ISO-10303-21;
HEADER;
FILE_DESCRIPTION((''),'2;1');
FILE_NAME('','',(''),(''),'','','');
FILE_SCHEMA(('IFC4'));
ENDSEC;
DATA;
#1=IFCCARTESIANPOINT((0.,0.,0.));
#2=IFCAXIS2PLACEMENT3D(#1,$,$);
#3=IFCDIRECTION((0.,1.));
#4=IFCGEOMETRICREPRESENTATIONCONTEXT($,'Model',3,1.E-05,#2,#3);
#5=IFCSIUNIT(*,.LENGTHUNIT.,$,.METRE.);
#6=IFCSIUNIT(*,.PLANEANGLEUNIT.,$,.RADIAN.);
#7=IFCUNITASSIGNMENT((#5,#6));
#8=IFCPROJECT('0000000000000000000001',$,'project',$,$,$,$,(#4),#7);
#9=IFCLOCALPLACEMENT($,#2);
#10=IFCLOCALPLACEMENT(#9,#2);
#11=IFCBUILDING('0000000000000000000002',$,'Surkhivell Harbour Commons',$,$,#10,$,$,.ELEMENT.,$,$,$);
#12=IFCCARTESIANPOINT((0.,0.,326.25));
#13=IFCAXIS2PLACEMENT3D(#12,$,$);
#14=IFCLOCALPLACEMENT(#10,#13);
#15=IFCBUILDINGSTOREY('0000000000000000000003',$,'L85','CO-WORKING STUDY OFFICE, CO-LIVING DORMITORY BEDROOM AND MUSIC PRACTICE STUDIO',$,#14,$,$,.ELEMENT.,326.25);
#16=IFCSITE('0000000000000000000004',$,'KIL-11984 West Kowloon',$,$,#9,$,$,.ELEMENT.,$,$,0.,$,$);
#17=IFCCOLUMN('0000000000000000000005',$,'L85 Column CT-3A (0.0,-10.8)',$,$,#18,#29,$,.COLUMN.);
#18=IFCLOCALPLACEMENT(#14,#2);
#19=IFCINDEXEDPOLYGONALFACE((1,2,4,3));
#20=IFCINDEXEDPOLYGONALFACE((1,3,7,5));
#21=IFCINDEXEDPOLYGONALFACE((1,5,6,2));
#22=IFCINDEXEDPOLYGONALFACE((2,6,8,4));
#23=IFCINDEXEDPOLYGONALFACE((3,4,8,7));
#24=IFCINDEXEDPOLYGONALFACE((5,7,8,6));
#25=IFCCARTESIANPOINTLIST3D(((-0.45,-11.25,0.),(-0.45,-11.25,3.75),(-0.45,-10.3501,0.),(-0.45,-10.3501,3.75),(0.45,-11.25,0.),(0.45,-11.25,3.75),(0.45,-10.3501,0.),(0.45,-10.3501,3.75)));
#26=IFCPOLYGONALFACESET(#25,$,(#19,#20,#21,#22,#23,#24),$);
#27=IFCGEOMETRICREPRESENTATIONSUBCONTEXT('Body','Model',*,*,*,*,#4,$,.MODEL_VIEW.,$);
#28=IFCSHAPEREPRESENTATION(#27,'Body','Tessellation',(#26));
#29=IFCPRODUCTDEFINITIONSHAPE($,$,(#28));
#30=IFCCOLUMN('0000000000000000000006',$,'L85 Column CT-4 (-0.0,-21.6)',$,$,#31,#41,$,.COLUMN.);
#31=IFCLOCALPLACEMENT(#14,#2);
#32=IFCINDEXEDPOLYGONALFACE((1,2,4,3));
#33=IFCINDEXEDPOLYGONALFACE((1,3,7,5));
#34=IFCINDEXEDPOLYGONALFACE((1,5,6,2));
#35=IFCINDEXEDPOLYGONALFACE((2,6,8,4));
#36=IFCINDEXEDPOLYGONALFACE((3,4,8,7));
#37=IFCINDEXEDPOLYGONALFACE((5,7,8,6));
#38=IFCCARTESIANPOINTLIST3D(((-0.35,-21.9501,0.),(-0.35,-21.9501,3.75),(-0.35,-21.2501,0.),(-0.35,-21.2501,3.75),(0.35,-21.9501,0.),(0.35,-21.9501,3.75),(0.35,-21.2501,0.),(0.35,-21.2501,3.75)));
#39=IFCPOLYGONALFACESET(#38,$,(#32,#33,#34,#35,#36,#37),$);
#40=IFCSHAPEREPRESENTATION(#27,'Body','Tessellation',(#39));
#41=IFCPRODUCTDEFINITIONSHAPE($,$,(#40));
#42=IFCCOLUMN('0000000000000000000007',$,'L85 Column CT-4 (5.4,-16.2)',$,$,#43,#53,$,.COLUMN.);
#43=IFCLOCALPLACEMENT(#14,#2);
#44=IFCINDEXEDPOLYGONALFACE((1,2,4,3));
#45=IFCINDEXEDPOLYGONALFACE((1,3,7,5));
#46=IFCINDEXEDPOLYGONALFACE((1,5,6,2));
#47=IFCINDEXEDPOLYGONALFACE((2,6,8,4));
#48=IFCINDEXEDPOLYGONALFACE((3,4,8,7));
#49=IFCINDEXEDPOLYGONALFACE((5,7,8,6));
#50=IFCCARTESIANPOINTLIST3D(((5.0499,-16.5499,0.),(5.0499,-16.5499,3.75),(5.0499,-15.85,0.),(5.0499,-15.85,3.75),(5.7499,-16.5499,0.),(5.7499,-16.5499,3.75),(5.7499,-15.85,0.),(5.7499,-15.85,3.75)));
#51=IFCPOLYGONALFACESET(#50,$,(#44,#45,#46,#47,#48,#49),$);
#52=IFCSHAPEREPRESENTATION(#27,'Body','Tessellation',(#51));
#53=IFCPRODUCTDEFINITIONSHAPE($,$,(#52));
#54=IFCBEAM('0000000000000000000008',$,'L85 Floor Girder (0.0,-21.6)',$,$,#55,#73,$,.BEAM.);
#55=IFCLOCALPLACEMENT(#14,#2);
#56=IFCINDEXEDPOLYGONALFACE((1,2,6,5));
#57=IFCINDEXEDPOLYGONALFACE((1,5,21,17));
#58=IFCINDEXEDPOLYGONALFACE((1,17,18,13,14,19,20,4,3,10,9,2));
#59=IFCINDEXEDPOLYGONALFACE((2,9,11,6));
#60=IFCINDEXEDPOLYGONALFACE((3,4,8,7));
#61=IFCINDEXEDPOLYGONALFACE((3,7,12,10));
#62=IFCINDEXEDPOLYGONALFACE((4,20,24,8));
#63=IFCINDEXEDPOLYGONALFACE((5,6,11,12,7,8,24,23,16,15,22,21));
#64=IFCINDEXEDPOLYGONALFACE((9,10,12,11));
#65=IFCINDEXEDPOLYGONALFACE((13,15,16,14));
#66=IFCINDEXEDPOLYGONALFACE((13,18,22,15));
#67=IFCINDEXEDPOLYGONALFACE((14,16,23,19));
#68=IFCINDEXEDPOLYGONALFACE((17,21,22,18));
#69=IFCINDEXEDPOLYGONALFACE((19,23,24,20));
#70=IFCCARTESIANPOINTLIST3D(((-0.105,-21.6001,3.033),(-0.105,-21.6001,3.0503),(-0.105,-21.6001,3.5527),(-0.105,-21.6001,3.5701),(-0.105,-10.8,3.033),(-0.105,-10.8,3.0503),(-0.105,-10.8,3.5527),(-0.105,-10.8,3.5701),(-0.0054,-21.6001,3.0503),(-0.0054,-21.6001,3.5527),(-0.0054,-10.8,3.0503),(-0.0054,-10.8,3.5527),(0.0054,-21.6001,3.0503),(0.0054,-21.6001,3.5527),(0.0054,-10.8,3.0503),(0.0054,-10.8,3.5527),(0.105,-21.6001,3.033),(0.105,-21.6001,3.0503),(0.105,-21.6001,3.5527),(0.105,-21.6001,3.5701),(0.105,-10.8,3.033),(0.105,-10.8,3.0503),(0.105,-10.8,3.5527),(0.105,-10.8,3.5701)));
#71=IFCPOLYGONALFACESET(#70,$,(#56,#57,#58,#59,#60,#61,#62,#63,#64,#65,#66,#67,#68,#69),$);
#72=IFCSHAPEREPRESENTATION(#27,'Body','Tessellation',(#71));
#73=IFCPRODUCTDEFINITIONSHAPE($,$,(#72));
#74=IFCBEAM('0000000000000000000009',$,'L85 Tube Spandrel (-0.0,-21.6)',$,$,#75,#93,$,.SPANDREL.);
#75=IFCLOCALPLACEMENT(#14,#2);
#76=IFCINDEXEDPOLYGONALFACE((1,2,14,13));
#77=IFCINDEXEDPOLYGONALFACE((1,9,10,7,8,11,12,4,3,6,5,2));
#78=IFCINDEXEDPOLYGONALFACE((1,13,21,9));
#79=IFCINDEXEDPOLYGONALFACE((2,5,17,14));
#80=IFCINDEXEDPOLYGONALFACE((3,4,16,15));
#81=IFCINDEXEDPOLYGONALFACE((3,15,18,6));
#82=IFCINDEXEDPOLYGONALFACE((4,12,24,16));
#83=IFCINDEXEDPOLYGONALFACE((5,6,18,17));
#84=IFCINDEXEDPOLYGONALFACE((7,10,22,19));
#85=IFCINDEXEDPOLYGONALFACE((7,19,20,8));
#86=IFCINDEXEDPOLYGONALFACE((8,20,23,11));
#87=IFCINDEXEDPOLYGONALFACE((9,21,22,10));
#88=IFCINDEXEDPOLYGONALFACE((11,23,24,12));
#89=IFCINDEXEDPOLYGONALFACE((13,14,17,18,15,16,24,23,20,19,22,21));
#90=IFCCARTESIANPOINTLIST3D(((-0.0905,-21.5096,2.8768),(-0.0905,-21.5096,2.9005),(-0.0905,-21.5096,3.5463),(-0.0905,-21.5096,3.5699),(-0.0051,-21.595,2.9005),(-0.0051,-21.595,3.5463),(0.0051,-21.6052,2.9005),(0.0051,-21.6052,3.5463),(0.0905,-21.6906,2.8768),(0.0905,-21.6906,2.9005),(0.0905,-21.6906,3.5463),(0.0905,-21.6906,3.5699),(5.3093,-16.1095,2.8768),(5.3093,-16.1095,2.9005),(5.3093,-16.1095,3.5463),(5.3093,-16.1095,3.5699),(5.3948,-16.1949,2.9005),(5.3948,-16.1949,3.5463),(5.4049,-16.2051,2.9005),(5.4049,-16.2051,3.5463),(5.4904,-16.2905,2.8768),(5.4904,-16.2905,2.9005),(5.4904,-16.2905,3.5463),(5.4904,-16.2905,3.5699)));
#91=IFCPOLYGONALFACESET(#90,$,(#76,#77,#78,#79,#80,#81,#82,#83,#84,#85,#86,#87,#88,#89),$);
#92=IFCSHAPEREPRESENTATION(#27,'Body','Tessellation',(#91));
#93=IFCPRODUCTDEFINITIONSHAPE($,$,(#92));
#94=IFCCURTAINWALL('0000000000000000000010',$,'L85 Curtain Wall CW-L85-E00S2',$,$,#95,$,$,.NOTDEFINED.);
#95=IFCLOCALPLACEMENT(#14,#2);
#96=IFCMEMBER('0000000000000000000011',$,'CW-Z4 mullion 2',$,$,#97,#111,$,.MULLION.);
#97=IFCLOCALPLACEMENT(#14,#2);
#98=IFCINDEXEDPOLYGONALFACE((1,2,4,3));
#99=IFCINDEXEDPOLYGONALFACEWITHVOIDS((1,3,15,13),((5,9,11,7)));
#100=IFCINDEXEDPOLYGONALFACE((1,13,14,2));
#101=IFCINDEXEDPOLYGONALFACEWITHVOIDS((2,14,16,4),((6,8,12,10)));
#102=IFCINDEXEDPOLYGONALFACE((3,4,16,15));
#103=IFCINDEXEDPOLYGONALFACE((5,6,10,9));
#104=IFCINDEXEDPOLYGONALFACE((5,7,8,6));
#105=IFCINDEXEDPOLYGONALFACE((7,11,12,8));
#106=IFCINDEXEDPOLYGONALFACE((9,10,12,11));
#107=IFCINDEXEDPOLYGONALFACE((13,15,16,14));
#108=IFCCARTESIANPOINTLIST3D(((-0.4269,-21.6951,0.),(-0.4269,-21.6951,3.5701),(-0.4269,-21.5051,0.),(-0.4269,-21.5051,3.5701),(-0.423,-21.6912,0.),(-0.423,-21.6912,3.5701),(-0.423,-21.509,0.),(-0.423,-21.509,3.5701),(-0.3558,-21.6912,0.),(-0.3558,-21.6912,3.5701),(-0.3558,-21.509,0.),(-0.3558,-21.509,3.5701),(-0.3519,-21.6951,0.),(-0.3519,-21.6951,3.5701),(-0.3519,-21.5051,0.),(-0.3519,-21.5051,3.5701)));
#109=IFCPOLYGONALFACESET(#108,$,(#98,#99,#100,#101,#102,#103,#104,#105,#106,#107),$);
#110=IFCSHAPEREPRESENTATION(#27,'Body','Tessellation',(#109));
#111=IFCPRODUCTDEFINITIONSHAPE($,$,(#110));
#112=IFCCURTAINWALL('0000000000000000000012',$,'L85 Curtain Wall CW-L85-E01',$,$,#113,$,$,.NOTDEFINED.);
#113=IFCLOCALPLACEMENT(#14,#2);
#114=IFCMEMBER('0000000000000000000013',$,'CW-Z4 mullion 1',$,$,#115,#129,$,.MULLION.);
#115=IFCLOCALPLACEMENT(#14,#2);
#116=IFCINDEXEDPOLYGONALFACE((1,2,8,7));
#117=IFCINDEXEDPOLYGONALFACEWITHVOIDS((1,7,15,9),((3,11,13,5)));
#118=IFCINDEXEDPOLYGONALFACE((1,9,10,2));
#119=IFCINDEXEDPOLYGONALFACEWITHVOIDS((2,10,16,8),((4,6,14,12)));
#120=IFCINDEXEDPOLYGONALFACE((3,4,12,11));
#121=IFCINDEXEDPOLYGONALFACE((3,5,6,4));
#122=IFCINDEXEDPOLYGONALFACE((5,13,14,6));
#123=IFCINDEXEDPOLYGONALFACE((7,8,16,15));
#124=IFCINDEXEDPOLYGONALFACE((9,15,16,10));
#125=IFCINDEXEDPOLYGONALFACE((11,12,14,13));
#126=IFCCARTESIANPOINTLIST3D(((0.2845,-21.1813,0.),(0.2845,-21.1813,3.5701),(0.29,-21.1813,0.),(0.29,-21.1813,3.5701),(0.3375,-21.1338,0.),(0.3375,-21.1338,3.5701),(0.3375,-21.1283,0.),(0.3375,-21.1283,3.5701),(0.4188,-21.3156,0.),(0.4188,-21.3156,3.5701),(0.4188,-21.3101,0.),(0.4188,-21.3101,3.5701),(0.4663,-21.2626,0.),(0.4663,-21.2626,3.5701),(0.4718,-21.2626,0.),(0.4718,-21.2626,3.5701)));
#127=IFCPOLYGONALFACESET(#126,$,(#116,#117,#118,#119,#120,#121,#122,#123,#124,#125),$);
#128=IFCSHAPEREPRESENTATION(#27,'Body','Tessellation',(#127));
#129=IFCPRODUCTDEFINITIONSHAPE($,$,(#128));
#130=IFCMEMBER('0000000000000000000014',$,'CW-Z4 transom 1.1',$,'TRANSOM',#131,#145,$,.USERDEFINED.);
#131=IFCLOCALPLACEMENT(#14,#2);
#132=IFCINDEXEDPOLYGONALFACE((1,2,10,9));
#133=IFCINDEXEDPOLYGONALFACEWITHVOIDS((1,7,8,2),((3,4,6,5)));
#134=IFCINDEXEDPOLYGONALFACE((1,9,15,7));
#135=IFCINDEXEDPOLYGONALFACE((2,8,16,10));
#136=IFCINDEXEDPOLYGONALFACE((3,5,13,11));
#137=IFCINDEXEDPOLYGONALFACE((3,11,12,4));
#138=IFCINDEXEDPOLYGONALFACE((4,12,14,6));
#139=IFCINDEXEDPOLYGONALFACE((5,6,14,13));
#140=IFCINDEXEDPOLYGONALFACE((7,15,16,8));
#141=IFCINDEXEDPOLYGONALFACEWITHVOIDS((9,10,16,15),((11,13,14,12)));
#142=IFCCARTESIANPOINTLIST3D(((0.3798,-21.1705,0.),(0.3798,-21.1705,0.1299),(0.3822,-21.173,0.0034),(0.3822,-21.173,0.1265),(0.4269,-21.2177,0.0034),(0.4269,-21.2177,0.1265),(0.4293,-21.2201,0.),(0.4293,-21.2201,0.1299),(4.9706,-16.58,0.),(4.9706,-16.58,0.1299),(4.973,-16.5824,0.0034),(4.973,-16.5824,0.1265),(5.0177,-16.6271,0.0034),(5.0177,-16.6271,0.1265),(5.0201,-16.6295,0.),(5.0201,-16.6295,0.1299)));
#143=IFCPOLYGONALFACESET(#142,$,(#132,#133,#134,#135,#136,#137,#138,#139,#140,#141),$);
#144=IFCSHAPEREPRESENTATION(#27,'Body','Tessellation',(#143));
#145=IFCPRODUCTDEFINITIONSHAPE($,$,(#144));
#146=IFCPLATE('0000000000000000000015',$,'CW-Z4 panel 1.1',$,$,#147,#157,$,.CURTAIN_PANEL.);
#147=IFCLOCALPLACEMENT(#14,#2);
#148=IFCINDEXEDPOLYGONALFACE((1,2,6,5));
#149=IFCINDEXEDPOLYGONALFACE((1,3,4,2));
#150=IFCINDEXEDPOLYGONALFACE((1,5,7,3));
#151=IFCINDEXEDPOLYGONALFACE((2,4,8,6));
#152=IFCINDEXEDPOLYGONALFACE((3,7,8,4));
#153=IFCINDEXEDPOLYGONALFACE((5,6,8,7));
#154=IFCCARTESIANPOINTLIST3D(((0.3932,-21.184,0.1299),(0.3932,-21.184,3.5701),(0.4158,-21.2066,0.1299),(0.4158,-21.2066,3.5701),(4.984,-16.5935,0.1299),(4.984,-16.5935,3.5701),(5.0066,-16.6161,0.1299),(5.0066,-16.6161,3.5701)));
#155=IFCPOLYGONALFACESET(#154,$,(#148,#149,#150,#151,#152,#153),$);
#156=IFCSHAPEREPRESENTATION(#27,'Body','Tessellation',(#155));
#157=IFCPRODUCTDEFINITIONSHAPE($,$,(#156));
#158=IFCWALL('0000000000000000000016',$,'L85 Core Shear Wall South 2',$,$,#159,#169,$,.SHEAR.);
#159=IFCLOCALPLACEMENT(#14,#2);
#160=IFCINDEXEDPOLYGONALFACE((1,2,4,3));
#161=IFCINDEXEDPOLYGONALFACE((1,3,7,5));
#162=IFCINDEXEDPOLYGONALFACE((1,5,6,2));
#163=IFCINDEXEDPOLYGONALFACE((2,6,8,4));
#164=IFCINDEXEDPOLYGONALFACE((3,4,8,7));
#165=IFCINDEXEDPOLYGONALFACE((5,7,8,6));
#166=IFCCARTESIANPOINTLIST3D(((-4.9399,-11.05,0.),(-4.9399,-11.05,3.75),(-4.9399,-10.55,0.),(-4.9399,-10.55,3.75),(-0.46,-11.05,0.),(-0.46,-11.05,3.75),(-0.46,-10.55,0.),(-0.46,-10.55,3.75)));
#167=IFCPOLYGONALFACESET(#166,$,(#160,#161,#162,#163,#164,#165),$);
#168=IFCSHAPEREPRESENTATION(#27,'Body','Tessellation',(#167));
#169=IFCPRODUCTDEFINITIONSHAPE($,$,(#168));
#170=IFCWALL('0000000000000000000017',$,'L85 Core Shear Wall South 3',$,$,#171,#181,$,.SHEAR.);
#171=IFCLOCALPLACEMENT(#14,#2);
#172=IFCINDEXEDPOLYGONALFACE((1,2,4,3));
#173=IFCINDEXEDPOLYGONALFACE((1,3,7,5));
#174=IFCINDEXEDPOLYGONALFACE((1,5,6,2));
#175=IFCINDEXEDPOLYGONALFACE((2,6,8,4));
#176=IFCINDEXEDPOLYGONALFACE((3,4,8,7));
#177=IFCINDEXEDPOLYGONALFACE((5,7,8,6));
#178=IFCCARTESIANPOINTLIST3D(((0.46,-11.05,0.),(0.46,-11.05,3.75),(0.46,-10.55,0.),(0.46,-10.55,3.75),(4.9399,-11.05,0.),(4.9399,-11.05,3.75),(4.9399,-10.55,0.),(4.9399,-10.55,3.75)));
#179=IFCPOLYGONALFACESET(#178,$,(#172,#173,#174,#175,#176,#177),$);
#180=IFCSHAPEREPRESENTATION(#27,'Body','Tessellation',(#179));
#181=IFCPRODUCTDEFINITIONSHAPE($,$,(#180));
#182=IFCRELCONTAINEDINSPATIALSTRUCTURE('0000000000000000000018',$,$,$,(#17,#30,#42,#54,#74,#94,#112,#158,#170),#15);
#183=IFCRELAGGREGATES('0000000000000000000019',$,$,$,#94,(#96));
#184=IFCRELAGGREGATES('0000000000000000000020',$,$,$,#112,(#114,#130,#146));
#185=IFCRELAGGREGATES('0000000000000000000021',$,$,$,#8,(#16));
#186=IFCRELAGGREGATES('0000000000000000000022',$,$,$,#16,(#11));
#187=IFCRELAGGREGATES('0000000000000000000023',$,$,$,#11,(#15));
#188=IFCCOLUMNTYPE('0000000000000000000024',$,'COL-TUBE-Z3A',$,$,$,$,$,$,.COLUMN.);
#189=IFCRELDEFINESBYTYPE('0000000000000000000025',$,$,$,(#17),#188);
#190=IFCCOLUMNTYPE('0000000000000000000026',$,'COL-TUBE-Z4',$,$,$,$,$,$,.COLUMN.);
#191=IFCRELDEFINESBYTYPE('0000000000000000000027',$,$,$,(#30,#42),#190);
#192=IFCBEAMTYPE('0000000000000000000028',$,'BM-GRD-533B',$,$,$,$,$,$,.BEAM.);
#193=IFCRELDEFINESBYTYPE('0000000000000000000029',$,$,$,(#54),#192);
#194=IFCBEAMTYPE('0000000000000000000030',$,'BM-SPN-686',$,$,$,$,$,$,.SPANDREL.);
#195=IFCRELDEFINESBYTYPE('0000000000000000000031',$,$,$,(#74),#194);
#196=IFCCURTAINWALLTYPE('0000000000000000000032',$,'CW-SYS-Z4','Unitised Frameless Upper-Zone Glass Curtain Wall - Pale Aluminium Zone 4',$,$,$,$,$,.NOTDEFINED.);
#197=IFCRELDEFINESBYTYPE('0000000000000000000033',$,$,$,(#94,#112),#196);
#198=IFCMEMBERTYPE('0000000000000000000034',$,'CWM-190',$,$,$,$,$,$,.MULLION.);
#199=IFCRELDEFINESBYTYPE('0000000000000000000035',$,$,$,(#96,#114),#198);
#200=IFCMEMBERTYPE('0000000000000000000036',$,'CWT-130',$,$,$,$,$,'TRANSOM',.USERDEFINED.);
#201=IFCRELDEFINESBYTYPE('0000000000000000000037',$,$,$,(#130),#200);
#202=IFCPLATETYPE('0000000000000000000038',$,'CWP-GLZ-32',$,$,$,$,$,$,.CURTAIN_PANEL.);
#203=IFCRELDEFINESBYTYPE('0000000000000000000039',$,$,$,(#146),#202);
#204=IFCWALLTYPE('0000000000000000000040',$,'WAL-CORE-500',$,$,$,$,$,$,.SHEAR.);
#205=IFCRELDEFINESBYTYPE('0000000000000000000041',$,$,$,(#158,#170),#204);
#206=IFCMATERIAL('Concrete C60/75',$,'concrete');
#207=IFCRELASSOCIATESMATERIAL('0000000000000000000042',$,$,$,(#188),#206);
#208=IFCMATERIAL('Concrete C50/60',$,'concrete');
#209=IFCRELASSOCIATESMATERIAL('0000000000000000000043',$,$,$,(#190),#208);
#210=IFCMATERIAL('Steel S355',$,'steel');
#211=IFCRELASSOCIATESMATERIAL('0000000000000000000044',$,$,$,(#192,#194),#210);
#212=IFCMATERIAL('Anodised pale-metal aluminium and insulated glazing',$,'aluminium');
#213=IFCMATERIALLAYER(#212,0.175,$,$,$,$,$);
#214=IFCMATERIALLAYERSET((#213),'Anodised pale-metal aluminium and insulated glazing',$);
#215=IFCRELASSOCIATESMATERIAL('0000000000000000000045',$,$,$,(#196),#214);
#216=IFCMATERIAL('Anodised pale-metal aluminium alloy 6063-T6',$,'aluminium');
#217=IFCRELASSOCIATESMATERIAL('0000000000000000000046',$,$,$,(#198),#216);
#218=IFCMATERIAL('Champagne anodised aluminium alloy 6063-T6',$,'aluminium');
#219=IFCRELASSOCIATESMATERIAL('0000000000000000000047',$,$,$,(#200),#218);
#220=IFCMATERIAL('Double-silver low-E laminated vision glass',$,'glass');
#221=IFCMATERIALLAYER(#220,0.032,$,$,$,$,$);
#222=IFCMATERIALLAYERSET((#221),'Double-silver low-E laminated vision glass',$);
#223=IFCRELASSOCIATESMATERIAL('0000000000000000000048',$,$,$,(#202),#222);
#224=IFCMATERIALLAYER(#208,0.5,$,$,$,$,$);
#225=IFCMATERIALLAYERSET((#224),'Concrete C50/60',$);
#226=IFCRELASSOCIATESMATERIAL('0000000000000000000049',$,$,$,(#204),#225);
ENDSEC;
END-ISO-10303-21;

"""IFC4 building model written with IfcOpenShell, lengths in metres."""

from ifc_helpers import new_model, si_unit, direction, frame, frame_2d, origin, origin_2d, place, context, subcontext, project, spatial, rectangle, hollow_rectangle, i_section, extrude, material, layer, layer_set, material_profile, profile_set, type_object, element, aggregate, save


model = new_model("IFC4")

# Units and contexts
model_context = context("Model", 3, precision=1e-05, world=origin(), true_north=direction((0.0, 1.0)))
body_context = subcontext(model_context, "Body", "Model", "MODEL_VIEW")
ifc_project = project(units=[si_unit("LENGTHUNIT", "METRE"), si_unit("PLANEANGLEUNIT", "RADIAN")], contexts=[model_context])

# Site, building, storey
site_placement = place(None, origin())
site = spatial("IfcSite", under=ifc_project, at=site_placement, Name="KIL-11984 West Kowloon", CompositionType="ELEMENT", RefElevation=0.0)
building_placement = place(site_placement, origin())
building = spatial("IfcBuilding", under=site, at=building_placement, Name="Surkhivell Harbour Commons", CompositionType="ELEMENT")
storey_placement = place(building_placement, frame((0.0, 0.0, 326.25)))
storey = spatial("IfcBuildingStorey", under=building, at=storey_placement, Name="L85", Description="CO-WORKING STUDY OFFICE, CO-LIVING DORMITORY BEDROOM AND MUSIC PRACTICE STUDIO", CompositionType="ELEMENT", Elevation=326.25)

# Columns
ifc_material_1 = material(Name="Concrete C60/75", Category="concrete")
ifc_material_profile_1 = material_profile(ifc_material_1, rectangle(XDim=0.8999, YDim=0.8999, at=origin_2d()), Name="RC-COL-900x900")
ifc_profile_set_1 = profile_set([ifc_material_profile_1], Name="Concrete C60/75")
column_type_1 = type_object("IfcColumnType", Name="COL-TUBE-Z3A", PredefinedType="COLUMN", material=ifc_profile_set_1)
column_placement = place(storey_placement, frame((0.0, -10.8, 0.0), z_axis=(0.0, 0.0, 1.0), x_axis=(1.0, 0.0, 0.0)))
element("IfcColumn", 1, at=column_placement, inside=storey, type_object=column_type_1, Name="L85 Column CT-3A (0.0,-10.8)", PredefinedType="COLUMN", context=body_context, shape_type="SweptSolid", body=[
    extrude(rectangle(XDim=0.8999, YDim=0.8999, at=origin_2d()), origin(), (0.0, 0.0, 1.0), 3.75),
])
ifc_material_2 = material(Name="Concrete C50/60", Category="concrete")
ifc_material_profile_2 = material_profile(ifc_material_2, rectangle(XDim=0.7, YDim=0.7, at=origin_2d()), Name="RC-COL-700x700")
ifc_profile_set_2 = profile_set([ifc_material_profile_2], Name="Concrete C50/60")
column_type_2 = type_object("IfcColumnType", Name="COL-TUBE-Z4", PredefinedType="COLUMN", material=ifc_profile_set_2)
for number, where, z_axis, x_axis, name in (
    (2, (0.0, -21.6001, 0.0), (0.0, 0.0, 1.0), (1.0, 0.0, 0.0), "L85 Column CT-4 (-0.0,-21.6)"),
    (3, (5.3999, -16.2, 0.0), (0.0, 0.0, 1.0), (1.0, 0.0, 0.0), "L85 Column CT-4 (5.4,-16.2)"),
):
    element("IfcColumn", number, at=place(storey_placement, frame(where, z_axis=z_axis, x_axis=x_axis)), inside=storey, type_object=column_type_2, Name=name, PredefinedType="COLUMN", context=body_context, shape_type="SweptSolid", body=[
        extrude(rectangle(XDim=0.7, YDim=0.7, at=origin_2d()), origin(), (0.0, 0.0, 1.0), 3.75),
    ])

# Beams
ifc_material_3 = material(Name="Steel S355", Category="steel")
ifc_material_profile_3 = material_profile(ifc_material_3, i_section(OverallWidth=0.21, OverallDepth=0.5371, WebThickness=0.0107, FlangeThickness=0.0173, at=origin_2d()), Name="UB533x210x101")
ifc_profile_set_3 = profile_set([ifc_material_profile_3], Name="Steel S355")
beam_type_1 = type_object("IfcBeamType", Name="BM-GRD-533B", PredefinedType="BEAM", material=ifc_profile_set_3)
beam_1_placement = place(storey_placement, frame((0.0, -21.6001, 3.3015), z_axis=(0.0, 1.0, 0.0), x_axis=(-1.0, 0.0, 0.0)))
element("IfcBeam", 4, at=beam_1_placement, inside=storey, type_object=beam_type_1, Name="L85 Floor Girder (0.0,-21.6)", PredefinedType="BEAM", context=body_context, shape_type="SweptSolid", body=[
    extrude(i_section(OverallWidth=0.21, OverallDepth=0.5371, WebThickness=0.0107, FlangeThickness=0.0173, at=origin_2d()), origin(), (0.0, 0.0, 1.0), 10.8),
])
ifc_material_profile_4 = material_profile(ifc_material_3, i_section(OverallWidth=0.2561, OverallDepth=0.6931, WebThickness=0.0144, FlangeThickness=0.0237, at=origin_2d()), Name="UB686x254x170")
ifc_profile_set_4 = profile_set([ifc_material_profile_4], Name="Steel S355")
beam_type_2 = type_object("IfcBeamType", Name="BM-SPN-686", PredefinedType="SPANDREL", material=ifc_profile_set_4)
beam_2_placement = place(storey_placement, frame((0.0, -21.6001, 3.2234), z_axis=(0.707091, 0.707123, 0.0), x_axis=(-0.707123, 0.707091, 0.0)))
element("IfcBeam", 5, at=beam_2_placement, inside=storey, type_object=beam_type_2, Name="L85 Tube Spandrel (-0.0,-21.6)", PredefinedType="SPANDREL", context=body_context, shape_type="SweptSolid", body=[
    extrude(i_section(OverallWidth=0.2561, OverallDepth=0.6931, WebThickness=0.0144, FlangeThickness=0.0237, at=origin_2d()), origin(), (0.0, 0.0, 1.0), 7.6367),
])

# Curtain wall, member
ifc_material_4 = material(Name="Anodised pale-metal aluminium and insulated glazing", Category="aluminium")
ifc_layer_1 = layer(ifc_material_4, 0.175)
ifc_layer_set_1 = layer_set([ifc_layer_1], Name="Anodised pale-metal aluminium and insulated glazing")
curtain_wall_type = type_object("IfcCurtainWallType", Name="CW-SYS-Z4", Description="Unitised Frameless Upper-Zone Glass Curtain Wall - Pale Aluminium Zone 4", PredefinedType="NOTDEFINED", material=ifc_layer_set_1)
curtain_wall_1_placement = place(storey_placement, origin())
curtain_wall_1 = element("IfcCurtainWall", 6, at=curtain_wall_1_placement, inside=storey, type_object=curtain_wall_type, Name="L85 Curtain Wall CW-L85-E00S2", PredefinedType="NOTDEFINED")
ifc_material_5 = material(Name="Anodised pale-metal aluminium alloy 6063-T6", Category="aluminium")
ifc_material_profile_5 = material_profile(ifc_material_5, hollow_rectangle(XDim=0.075, YDim=0.1899, WallThickness=0.0039, at=origin_2d()), Name="ALU-MULL-75x190")
ifc_profile_set_5 = profile_set([ifc_material_profile_5], Name="Anodised pale-metal aluminium alloy 6063-T6")
member_type_1 = type_object("IfcMemberType", Name="CWM-190", PredefinedType="MULLION", material=ifc_profile_set_5)
member_1_placement = place(storey_placement, frame((-0.3894, -21.6001, 0.0), z_axis=(0.0, 0.0, 1.0), x_axis=(1.0, 0.0, 0.0)))
member_1 = element("IfcMember", 7, at=member_1_placement, type_object=member_type_1, Name="CW-Z4 mullion 2", PredefinedType="MULLION", context=body_context, shape_type="SweptSolid", body=[
    extrude(hollow_rectangle(XDim=0.075, YDim=0.1899, WallThickness=0.0039, at=origin_2d()), origin(), (0.0, 0.0, 1.0), 3.5701),
])
aggregate(curtain_wall_1, [member_1])

# Curtain wall, members, plate
curtain_wall_2_placement = place(storey_placement, origin())
curtain_wall_2 = element("IfcCurtainWall", 8, at=curtain_wall_2_placement, inside=storey, type_object=curtain_wall_type, Name="L85 Curtain Wall CW-L85-E01", PredefinedType="NOTDEFINED")
member_2_placement = place(storey_placement, frame((0.3782, -21.2219, 0.0), z_axis=(0.0, 0.0, 1.0), x_axis=(0.707107, 0.707107, 0.0)))
member_2 = element("IfcMember", 9, at=member_2_placement, type_object=member_type_1, Name="CW-Z4 mullion 1", PredefinedType="MULLION", context=body_context, shape_type="SweptSolid", body=[
    extrude(hollow_rectangle(XDim=0.075, YDim=0.1899, WallThickness=0.0039, at=origin_2d()), origin(), (0.0, 0.0, 1.0), 3.5701),
])
ifc_material_6 = material(Name="Champagne anodised aluminium alloy 6063-T6", Category="aluminium")
ifc_material_profile_6 = material_profile(ifc_material_6, hollow_rectangle(XDim=0.0701, YDim=0.1299, WallThickness=0.0034, at=origin_2d()), Name="ALU-TRAN-70x130")
ifc_profile_set_6 = profile_set([ifc_material_profile_6], Name="Champagne anodised aluminium alloy 6063-T6")
member_type_2 = type_object("IfcMemberType", Name="CWT-130", ElementType="TRANSOM", PredefinedType="USERDEFINED", material=ifc_profile_set_6)
member_3_placement = place(storey_placement, frame((0.4045, -21.1953, 0.0649), z_axis=(0.707126, 0.707088, 0.0), x_axis=(-0.707088, 0.707126, 0.0)))
member_3 = element("IfcMember", 10, at=member_3_placement, type_object=member_type_2, Name="CW-Z4 transom 1.1", ObjectType="TRANSOM", PredefinedType="USERDEFINED", context=body_context, shape_type="SweptSolid", body=[
    extrude(hollow_rectangle(XDim=0.0701, YDim=0.1299, WallThickness=0.0034, at=origin_2d()), origin(), (0.0, 0.0, 1.0), 6.4922),
])
ifc_material_7 = material(Name="Double-silver low-E laminated vision glass", Category="glass")
ifc_layer_2 = layer(ifc_material_7, 0.032)
ifc_layer_set_2 = layer_set([ifc_layer_2], Name="Double-silver low-E laminated vision glass")
plate_type = type_object("IfcPlateType", Name="CWP-GLZ-32", PredefinedType="CURTAIN_PANEL", material=ifc_layer_set_2)
plate_placement = place(storey_placement, frame((0.4045, -21.1953, 0.1299), z_axis=(0.0, 0.0, 1.0), x_axis=(0.707126, 0.707088, 0.0)))
plate = element("IfcPlate", 11, at=plate_placement, type_object=plate_type, Name="CW-Z4 panel 1.1", PredefinedType="CURTAIN_PANEL", context=body_context, shape_type="SweptSolid", body=[
    extrude(rectangle(XDim=6.4922, YDim=0.032, at=frame_2d((3.2461, 0.0))), origin(), (0.0, 0.0, 1.0), 3.4402),
])
aggregate(curtain_wall_2, [member_2, member_3, plate])

# Walls
ifc_layer_3 = layer(ifc_material_2, 0.5)
ifc_layer_set_3 = layer_set([ifc_layer_3], Name="Concrete C50/60")
wall_type_1 = type_object("IfcWallType", Name="WAL-CORE-500", PredefinedType="SHEAR", material=ifc_layer_set_3)
for number, where, z_axis, x_axis, name in (
    (12, (-4.9399, -10.8, 0.0), (0.0, 0.0, 1.0), (1.0, 0.0, 0.0), "L85 Core Shear Wall South 2"),
    (13, (0.46, -10.8, 0.0), (0.0, 0.0, 1.0), (1.0, 0.0, 0.0), "L85 Core Shear Wall South 3"),
):
    element("IfcWall", number, at=place(storey_placement, frame(where, z_axis=z_axis, x_axis=x_axis)), inside=storey, type_object=wall_type_1, Name=name, PredefinedType="SHEAR", context=body_context, shape_type="SweptSolid", body=[
        extrude(rectangle(XDim=4.48, YDim=0.5, at=frame_2d((2.24, 0.0))), origin(), (0.0, 0.0, 1.0), 3.75),
    ])

save(model, "model.ifc")
